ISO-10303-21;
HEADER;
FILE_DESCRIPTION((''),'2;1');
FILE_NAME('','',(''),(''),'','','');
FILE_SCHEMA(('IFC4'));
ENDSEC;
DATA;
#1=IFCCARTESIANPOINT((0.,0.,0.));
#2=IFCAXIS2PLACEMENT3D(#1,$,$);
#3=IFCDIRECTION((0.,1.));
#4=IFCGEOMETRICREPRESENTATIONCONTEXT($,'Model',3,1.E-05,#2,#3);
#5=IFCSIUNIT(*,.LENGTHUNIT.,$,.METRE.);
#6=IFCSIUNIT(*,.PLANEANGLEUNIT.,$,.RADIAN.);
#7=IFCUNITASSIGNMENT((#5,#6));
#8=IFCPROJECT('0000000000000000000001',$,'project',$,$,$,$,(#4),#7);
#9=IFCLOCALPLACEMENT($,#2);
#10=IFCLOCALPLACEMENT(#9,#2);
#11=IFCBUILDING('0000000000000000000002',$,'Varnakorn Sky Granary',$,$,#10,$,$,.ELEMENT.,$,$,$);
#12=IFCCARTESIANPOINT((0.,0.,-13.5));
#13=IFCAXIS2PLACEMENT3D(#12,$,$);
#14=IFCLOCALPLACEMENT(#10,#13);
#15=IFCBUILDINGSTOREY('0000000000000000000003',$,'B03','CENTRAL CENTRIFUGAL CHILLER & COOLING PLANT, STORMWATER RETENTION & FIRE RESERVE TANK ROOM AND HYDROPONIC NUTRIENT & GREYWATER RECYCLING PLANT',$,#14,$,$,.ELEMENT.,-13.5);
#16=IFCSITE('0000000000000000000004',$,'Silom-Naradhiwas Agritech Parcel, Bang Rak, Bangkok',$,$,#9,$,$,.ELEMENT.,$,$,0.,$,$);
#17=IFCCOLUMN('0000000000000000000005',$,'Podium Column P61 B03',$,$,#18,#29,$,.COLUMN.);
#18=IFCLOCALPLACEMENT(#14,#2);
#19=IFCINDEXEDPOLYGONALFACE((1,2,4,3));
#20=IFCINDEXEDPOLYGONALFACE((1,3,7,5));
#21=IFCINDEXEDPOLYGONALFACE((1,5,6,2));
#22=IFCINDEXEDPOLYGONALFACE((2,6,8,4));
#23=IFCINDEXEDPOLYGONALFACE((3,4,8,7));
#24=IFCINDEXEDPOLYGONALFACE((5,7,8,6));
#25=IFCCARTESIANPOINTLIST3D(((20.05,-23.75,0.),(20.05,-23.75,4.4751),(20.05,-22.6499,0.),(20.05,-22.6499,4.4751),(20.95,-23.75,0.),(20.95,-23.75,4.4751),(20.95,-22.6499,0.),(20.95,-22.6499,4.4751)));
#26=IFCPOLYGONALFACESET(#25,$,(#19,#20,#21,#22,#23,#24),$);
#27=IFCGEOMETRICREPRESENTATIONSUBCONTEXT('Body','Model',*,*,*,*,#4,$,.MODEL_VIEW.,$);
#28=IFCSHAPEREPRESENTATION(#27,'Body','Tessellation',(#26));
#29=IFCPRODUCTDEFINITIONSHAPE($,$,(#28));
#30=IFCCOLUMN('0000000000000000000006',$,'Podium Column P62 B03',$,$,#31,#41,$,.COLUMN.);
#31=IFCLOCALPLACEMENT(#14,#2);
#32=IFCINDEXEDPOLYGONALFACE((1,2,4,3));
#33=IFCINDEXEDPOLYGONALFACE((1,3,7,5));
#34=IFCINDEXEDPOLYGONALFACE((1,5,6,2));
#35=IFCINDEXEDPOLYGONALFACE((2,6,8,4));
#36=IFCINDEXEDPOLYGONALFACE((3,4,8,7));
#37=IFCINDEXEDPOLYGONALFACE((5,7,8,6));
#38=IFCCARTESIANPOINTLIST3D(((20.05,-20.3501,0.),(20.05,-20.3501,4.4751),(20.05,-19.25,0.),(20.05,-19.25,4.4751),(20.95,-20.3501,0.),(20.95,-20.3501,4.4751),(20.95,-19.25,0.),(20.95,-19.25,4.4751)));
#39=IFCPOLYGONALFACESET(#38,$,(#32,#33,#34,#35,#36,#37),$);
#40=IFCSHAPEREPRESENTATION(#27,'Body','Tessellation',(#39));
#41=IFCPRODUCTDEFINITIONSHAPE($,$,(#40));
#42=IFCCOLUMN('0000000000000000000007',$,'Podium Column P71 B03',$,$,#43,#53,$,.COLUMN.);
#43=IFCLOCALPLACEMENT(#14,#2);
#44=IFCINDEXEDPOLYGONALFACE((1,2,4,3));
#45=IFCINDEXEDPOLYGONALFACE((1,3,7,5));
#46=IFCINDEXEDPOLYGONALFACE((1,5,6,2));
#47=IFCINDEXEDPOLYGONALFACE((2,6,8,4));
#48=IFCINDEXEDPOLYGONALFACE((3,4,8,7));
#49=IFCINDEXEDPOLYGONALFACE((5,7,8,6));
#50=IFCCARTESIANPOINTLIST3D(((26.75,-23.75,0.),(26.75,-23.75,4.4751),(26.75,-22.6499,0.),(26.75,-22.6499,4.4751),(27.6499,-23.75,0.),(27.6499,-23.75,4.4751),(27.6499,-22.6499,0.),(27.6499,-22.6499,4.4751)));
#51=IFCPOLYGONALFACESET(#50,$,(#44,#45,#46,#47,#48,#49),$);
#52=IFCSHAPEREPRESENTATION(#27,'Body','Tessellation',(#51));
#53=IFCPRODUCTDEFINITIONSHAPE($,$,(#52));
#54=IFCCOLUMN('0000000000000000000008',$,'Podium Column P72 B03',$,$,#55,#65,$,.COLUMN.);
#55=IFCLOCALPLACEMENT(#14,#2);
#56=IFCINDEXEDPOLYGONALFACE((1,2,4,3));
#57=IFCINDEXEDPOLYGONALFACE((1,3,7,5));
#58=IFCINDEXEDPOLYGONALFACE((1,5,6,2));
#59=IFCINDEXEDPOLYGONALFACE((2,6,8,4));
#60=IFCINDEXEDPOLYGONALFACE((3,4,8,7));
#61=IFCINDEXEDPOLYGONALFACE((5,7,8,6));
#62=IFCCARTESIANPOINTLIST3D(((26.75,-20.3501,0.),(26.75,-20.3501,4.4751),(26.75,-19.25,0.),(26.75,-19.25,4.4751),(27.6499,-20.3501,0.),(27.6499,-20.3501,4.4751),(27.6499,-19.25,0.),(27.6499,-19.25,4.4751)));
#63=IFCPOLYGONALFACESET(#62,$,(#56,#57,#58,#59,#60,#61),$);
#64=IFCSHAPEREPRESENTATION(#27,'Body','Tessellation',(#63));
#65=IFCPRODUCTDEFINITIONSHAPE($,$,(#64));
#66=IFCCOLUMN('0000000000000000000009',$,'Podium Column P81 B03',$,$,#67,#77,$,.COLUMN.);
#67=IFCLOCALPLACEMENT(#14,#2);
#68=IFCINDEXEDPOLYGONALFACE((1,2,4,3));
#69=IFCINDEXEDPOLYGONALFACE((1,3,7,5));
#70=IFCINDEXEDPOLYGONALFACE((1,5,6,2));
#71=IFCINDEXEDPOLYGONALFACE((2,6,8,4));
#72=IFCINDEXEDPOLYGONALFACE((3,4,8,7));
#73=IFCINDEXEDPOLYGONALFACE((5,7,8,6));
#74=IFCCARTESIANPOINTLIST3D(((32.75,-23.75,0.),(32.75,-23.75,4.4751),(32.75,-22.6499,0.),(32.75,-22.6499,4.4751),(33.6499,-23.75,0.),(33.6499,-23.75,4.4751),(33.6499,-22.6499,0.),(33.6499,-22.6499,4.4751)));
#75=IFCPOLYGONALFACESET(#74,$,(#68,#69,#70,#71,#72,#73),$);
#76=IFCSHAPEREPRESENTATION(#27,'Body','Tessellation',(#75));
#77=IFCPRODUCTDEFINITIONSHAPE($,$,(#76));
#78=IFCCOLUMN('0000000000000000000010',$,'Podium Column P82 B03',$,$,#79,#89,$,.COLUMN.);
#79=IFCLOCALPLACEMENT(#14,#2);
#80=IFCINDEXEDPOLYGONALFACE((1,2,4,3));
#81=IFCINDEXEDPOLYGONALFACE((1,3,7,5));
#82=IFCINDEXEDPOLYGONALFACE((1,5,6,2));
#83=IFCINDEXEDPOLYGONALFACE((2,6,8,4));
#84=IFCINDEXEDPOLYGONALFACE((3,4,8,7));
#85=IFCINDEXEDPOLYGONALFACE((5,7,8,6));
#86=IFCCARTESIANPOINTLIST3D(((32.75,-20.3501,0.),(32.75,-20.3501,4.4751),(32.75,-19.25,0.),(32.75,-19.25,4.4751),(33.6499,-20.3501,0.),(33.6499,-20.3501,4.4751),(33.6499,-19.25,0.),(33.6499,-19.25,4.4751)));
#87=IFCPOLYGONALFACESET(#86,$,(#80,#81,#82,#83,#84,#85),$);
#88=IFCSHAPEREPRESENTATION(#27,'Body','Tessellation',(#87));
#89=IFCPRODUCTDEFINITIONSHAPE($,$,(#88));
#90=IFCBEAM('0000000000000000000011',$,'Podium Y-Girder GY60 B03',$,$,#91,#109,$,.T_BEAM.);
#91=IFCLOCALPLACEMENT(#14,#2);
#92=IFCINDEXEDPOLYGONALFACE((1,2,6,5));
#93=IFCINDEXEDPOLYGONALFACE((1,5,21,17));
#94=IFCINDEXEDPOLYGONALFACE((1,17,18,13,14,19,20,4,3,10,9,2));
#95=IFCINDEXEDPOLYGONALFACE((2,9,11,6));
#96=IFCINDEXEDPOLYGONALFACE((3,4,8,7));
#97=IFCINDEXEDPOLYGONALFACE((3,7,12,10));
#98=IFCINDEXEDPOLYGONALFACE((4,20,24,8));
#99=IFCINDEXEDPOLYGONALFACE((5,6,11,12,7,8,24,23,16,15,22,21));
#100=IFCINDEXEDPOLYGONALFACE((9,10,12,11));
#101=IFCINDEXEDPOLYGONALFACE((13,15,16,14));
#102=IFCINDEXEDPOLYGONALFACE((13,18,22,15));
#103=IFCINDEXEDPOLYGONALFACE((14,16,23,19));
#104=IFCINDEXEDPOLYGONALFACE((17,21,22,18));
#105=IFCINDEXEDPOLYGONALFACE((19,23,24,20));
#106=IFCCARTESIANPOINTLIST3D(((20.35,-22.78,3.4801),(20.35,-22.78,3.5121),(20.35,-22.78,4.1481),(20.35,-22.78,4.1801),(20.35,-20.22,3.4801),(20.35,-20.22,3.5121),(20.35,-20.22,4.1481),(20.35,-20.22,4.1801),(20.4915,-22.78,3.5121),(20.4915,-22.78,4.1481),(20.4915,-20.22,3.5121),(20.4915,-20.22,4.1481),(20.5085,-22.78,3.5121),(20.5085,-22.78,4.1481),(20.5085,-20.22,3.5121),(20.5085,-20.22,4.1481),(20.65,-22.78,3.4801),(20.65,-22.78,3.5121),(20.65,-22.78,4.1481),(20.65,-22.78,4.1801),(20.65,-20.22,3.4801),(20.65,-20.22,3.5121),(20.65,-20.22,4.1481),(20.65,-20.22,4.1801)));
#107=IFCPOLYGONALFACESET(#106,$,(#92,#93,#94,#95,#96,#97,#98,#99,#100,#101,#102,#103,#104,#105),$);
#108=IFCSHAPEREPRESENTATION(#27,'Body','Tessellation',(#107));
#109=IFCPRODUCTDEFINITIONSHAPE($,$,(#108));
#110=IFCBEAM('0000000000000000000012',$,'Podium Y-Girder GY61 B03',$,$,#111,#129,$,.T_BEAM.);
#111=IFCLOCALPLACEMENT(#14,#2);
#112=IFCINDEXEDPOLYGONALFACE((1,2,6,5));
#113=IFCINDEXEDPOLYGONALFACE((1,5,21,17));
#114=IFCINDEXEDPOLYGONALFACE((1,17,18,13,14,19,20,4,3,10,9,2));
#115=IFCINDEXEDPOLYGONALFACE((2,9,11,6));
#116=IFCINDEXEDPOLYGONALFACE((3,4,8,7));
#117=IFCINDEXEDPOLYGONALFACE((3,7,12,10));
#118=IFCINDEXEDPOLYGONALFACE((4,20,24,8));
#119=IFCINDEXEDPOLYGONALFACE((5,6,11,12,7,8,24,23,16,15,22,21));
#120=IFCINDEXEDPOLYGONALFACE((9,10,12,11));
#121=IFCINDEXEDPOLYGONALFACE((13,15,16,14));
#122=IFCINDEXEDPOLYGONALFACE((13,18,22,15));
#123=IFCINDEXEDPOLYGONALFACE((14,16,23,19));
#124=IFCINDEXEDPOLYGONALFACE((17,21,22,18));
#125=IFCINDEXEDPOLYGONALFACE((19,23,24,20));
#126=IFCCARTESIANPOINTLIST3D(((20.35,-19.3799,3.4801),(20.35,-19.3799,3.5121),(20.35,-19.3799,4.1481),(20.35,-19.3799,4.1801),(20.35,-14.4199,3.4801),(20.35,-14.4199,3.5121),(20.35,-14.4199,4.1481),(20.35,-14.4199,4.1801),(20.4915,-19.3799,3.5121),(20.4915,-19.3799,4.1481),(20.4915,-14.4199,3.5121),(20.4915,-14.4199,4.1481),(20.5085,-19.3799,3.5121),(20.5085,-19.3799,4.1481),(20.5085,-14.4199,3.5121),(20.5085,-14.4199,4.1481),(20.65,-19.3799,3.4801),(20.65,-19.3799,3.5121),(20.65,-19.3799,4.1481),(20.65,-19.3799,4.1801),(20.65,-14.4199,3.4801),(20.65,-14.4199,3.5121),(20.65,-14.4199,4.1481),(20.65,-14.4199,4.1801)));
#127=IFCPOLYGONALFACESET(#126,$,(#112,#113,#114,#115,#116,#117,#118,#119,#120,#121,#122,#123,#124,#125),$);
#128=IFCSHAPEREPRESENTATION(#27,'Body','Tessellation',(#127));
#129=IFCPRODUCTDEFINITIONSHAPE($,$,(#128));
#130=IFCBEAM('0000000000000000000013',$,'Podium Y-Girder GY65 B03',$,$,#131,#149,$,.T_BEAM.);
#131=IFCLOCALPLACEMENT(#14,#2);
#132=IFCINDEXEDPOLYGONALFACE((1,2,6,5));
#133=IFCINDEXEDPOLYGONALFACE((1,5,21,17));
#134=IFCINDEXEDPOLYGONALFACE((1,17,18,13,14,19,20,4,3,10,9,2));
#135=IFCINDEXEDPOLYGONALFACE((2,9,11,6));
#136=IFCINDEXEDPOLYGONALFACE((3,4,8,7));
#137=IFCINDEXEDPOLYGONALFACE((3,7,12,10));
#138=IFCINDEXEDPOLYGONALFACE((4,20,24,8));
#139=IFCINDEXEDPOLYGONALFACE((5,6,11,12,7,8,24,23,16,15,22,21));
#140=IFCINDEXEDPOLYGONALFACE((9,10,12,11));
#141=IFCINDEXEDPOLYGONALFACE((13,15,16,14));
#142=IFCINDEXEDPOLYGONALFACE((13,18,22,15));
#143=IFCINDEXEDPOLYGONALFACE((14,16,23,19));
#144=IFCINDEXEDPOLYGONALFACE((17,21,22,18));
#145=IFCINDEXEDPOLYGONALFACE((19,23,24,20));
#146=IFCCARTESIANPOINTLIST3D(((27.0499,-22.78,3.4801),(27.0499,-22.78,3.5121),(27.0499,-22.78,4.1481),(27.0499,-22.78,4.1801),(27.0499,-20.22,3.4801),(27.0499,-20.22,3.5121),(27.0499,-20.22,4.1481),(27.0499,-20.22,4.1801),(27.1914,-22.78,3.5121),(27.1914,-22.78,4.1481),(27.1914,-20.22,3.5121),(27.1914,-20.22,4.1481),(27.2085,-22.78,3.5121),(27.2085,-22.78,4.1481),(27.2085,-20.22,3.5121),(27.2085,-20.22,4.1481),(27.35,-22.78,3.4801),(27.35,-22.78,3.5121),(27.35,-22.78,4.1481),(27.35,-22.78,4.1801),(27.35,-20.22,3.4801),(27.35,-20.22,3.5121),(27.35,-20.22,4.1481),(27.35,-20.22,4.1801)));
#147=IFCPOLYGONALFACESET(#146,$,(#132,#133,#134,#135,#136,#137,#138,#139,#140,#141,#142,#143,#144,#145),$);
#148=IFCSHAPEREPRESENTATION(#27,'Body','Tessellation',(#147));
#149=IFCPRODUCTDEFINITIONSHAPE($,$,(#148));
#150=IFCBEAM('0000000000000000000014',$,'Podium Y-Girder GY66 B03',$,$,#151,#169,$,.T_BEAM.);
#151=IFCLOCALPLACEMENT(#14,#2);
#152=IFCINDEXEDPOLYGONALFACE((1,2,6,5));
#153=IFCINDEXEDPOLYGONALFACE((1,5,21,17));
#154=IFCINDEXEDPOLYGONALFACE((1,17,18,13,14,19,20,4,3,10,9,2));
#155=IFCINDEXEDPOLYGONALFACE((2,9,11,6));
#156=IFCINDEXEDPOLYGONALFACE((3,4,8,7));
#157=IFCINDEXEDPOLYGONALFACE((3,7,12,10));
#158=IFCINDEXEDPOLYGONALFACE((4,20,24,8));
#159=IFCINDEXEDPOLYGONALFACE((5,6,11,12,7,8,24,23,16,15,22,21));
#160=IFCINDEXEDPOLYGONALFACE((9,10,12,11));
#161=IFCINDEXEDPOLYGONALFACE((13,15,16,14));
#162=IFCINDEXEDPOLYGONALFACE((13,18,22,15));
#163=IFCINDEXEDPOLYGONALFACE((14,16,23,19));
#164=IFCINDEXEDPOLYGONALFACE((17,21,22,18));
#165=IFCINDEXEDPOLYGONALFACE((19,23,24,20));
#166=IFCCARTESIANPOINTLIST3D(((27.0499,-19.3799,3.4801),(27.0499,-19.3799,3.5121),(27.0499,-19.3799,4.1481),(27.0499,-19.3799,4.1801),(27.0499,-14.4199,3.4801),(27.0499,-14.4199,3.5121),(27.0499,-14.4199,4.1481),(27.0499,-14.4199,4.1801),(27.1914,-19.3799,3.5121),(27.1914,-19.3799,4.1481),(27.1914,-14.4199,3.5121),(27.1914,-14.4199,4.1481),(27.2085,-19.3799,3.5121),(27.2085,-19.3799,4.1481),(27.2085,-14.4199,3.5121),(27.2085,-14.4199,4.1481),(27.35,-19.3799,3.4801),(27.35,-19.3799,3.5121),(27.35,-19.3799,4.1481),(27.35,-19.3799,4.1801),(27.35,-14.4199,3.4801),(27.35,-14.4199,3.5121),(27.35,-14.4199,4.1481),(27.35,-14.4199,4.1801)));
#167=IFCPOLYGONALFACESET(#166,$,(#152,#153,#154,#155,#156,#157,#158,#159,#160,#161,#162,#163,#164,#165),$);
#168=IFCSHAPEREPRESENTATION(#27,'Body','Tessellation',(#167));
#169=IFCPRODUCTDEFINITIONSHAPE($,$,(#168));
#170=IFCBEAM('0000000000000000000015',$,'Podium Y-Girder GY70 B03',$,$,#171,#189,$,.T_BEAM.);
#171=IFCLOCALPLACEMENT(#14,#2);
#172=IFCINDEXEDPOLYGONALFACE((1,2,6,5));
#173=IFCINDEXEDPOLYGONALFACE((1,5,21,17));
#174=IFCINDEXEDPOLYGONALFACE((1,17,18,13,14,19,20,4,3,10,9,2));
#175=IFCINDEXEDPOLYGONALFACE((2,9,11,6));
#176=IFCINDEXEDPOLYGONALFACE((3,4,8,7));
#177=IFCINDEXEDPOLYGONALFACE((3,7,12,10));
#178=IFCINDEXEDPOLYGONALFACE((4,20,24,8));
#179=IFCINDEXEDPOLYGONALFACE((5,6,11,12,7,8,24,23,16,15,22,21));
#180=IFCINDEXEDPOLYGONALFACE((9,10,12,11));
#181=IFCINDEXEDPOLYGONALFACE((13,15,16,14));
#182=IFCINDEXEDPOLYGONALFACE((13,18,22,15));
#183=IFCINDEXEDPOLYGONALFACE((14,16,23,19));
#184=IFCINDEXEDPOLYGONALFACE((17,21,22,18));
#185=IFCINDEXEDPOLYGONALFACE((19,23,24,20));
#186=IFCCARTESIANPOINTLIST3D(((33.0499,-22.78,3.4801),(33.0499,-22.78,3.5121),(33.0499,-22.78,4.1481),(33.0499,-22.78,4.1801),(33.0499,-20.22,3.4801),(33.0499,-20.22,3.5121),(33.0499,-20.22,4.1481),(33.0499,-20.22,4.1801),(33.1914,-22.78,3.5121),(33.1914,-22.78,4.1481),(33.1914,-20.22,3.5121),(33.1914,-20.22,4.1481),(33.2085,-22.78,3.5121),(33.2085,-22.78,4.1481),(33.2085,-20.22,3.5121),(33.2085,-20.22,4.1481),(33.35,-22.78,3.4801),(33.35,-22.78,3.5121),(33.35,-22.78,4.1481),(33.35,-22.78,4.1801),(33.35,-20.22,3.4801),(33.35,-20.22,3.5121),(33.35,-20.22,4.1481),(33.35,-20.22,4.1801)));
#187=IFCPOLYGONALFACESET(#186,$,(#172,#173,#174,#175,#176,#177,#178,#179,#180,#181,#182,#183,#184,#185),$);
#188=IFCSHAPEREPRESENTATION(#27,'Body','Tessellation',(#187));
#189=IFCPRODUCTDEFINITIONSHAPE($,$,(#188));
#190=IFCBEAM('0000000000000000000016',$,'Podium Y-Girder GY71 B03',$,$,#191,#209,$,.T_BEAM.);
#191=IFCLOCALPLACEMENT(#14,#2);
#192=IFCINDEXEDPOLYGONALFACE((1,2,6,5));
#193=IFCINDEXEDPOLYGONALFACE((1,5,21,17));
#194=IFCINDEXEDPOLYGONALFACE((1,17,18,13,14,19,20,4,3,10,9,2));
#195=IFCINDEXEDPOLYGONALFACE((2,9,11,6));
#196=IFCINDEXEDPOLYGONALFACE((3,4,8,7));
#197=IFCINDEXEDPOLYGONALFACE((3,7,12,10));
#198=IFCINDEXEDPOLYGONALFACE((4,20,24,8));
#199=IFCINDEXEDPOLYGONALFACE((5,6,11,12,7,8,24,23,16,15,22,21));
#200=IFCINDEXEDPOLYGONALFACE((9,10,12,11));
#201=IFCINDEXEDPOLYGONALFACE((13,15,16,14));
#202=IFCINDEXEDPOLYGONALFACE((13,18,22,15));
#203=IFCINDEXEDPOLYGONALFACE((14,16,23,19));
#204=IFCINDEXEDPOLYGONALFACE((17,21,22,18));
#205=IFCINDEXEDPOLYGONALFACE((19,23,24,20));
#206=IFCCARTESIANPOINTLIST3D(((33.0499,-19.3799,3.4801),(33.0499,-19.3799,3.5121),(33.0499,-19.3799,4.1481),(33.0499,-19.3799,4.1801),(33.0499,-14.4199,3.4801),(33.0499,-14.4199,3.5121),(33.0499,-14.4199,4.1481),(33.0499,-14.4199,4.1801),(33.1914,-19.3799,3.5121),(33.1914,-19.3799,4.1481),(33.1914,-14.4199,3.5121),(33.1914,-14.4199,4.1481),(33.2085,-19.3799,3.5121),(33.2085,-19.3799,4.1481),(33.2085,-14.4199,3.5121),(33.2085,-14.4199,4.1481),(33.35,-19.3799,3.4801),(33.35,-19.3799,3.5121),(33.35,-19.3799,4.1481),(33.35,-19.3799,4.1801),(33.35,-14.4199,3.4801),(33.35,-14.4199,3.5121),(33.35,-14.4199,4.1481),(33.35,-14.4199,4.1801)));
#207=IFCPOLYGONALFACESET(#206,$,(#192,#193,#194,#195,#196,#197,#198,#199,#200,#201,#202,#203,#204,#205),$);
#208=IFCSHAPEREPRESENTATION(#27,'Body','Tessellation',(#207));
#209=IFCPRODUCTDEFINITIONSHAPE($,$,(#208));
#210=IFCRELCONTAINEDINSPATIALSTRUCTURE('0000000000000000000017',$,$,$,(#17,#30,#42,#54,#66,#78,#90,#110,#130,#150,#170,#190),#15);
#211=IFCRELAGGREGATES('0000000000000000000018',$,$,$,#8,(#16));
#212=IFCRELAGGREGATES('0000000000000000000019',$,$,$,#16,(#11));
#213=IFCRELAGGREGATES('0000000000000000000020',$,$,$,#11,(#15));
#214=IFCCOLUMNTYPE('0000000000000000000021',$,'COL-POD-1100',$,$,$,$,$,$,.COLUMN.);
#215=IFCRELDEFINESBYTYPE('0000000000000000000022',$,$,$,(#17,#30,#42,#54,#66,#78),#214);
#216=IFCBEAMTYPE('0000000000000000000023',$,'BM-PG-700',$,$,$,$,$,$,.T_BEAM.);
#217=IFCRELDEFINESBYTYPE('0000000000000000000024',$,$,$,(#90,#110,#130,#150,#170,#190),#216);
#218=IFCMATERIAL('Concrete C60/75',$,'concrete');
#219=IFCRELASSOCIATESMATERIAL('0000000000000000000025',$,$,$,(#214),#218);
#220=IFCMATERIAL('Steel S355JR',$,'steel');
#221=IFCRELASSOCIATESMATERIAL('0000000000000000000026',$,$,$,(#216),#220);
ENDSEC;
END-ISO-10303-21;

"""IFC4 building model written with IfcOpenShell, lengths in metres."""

from ifc_helpers import new_model, si_unit, direction, frame, origin, origin_2d, place, context, subcontext, project, spatial, rectangle, i_section, extrude, material, material_profile, profile_set, type_object, element, save


model = new_model("IFC4")

# Units and contexts
model_context = context("Model", 3, precision=1e-05, world=origin(), true_north=direction((0.0, 1.0)))
body_context = subcontext(model_context, "Body", "Model", "MODEL_VIEW")
ifc_project = project(units=[si_unit("LENGTHUNIT", "METRE"), si_unit("PLANEANGLEUNIT", "RADIAN")], contexts=[model_context])

# Site, building, storey
site_placement = place(None, origin())
site = spatial("IfcSite", under=ifc_project, at=site_placement, Name="Silom-Naradhiwas Agritech Parcel, Bang Rak, Bangkok", CompositionType="ELEMENT", RefElevation=0.0)
building_placement = place(site_placement, origin())
building = spatial("IfcBuilding", under=site, at=building_placement, Name="Varnakorn Sky Granary", CompositionType="ELEMENT")
storey_placement = place(building_placement, frame((0.0, 0.0, -13.5)))
storey = spatial("IfcBuildingStorey", under=building, at=storey_placement, Name="B03", Description="CENTRAL CENTRIFUGAL CHILLER & COOLING PLANT, STORMWATER RETENTION & FIRE RESERVE TANK ROOM AND HYDROPONIC NUTRIENT & GREYWATER RECYCLING PLANT", CompositionType="ELEMENT", Elevation=-13.5)

# Columns
ifc_material_1 = material(Name="Concrete C60/75", Category="concrete")
ifc_material_profile_1 = material_profile(ifc_material_1, rectangle(XDim=0.8999, YDim=1.1001, at=origin_2d()), Name="RC 900x1100")
ifc_profile_set_1 = profile_set([ifc_material_profile_1], Name="Concrete C60/75")
column_type = type_object("IfcColumnType", Name="COL-POD-1100", PredefinedType="COLUMN", material=ifc_profile_set_1)
for number, where, z_axis, x_axis, name in (
    (1, (20.5, -23.2, 0.0), (0.0, 0.0, 1.0), (1.0, 0.0, 0.0), "Podium Column P61 B03"),
    (2, (20.5, -19.8, 0.0), (0.0, 0.0, 1.0), (1.0, 0.0, 0.0), "Podium Column P62 B03"),
    (3, (27.2, -23.2, 0.0), (0.0, 0.0, 1.0), (1.0, 0.0, 0.0), "Podium Column P71 B03"),
    (4, (27.2, -19.8, 0.0), (0.0, 0.0, 1.0), (1.0, 0.0, 0.0), "Podium Column P72 B03"),
    (5, (33.2, -23.2, 0.0), (0.0, 0.0, 1.0), (1.0, 0.0, 0.0), "Podium Column P81 B03"),
    (6, (33.2, -19.8, 0.0), (0.0, 0.0, 1.0), (1.0, 0.0, 0.0), "Podium Column P82 B03"),
):
    element("IfcColumn", number, at=place(storey_placement, frame(where, z_axis=z_axis, x_axis=x_axis)), inside=storey, type_object=column_type, Name=name, PredefinedType="COLUMN", context=body_context, shape_type="SweptSolid", body=[
        extrude(rectangle(XDim=0.8999, YDim=1.1001, at=origin_2d()), origin(), (0.0, 0.0, 1.0), 4.4751),
    ])

# Beams
ifc_material_2 = material(Name="Steel S355JR", Category="steel")
ifc_material_profile_2 = material_profile(ifc_material_2, i_section(OverallWidth=0.3, OverallDepth=0.7, WebThickness=0.0171, FlangeThickness=0.032, at=origin_2d()), Name="HE 700 B")
ifc_profile_set_2 = profile_set([ifc_material_profile_2], Name="Steel S355JR")
beam_type_1 = type_object("IfcBeamType", Name="BM-PG-700", PredefinedType="T_BEAM", material=ifc_profile_set_2)
beam_1_placement = place(storey_placement, frame((20.5, -22.78, 3.8301), z_axis=(0.0, 1.0, 0.0), x_axis=(-1.0, 0.0, 0.0)))
element("IfcBeam", 7, at=beam_1_placement, inside=storey, type_object=beam_type_1, Name="Podium Y-Girder GY60 B03", PredefinedType="T_BEAM", context=body_context, shape_type="SweptSolid", body=[
    extrude(i_section(OverallWidth=0.3, OverallDepth=0.7, WebThickness=0.0171, FlangeThickness=0.032, at=origin_2d()), origin(), (0.0, 0.0, 1.0), 2.5601),
])
beam_2_placement = place(storey_placement, frame((20.5, -19.3799, 3.8301), z_axis=(0.0, 1.0, 0.0), x_axis=(-1.0, 0.0, 0.0)))
element("IfcBeam", 8, at=beam_2_placement, inside=storey, type_object=beam_type_1, Name="Podium Y-Girder GY61 B03", PredefinedType="T_BEAM", context=body_context, shape_type="SweptSolid", body=[
    extrude(i_section(OverallWidth=0.3, OverallDepth=0.7, WebThickness=0.0171, FlangeThickness=0.032, at=origin_2d()), origin(), (0.0, 0.0, 1.0), 4.96),
])
beam_3_placement = place(storey_placement, frame((27.2, -22.78, 3.8301), z_axis=(0.0, 1.0, 0.0), x_axis=(-1.0, 0.0, 0.0)))
element("IfcBeam", 9, at=beam_3_placement, inside=storey, type_object=beam_type_1, Name="Podium Y-Girder GY65 B03", PredefinedType="T_BEAM", context=body_context, shape_type="SweptSolid", body=[
    extrude(i_section(OverallWidth=0.3, OverallDepth=0.7, WebThickness=0.0171, FlangeThickness=0.032, at=origin_2d()), origin(), (0.0, 0.0, 1.0), 2.5601),
])
beam_4_placement = place(storey_placement, frame((27.2, -19.3799, 3.8301), z_axis=(0.0, 1.0, 0.0), x_axis=(-1.0, 0.0, 0.0)))
element("IfcBeam", 10, at=beam_4_placement, inside=storey, type_object=beam_type_1, Name="Podium Y-Girder GY66 B03", PredefinedType="T_BEAM", context=body_context, shape_type="SweptSolid", body=[
    extrude(i_section(OverallWidth=0.3, OverallDepth=0.7, WebThickness=0.0171, FlangeThickness=0.032, at=origin_2d()), origin(), (0.0, 0.0, 1.0), 4.96),
])
beam_5_placement = place(storey_placement, frame((33.2, -22.78, 3.8301), z_axis=(0.0, 1.0, 0.0), x_axis=(-1.0, 0.0, 0.0)))
element("IfcBeam", 11, at=beam_5_placement, inside=storey, type_object=beam_type_1, Name="Podium Y-Girder GY70 B03", PredefinedType="T_BEAM", context=body_context, shape_type="SweptSolid", body=[
    extrude(i_section(OverallWidth=0.3, OverallDepth=0.7, WebThickness=0.0171, FlangeThickness=0.032, at=origin_2d()), origin(), (0.0, 0.0, 1.0), 2.5601),
])
beam_6_placement = place(storey_placement, frame((33.2, -19.3799, 3.8301), z_axis=(0.0, 1.0, 0.0), x_axis=(-1.0, 0.0, 0.0)))
element("IfcBeam", 12, at=beam_6_placement, inside=storey, type_object=beam_type_1, Name="Podium Y-Girder GY71 B03", PredefinedType="T_BEAM", context=body_context, shape_type="SweptSolid", body=[
    extrude(i_section(OverallWidth=0.3, OverallDepth=0.7, WebThickness=0.0171, FlangeThickness=0.032, at=origin_2d()), origin(), (0.0, 0.0, 1.0), 4.96),
])

save(model, "model.ifc")
